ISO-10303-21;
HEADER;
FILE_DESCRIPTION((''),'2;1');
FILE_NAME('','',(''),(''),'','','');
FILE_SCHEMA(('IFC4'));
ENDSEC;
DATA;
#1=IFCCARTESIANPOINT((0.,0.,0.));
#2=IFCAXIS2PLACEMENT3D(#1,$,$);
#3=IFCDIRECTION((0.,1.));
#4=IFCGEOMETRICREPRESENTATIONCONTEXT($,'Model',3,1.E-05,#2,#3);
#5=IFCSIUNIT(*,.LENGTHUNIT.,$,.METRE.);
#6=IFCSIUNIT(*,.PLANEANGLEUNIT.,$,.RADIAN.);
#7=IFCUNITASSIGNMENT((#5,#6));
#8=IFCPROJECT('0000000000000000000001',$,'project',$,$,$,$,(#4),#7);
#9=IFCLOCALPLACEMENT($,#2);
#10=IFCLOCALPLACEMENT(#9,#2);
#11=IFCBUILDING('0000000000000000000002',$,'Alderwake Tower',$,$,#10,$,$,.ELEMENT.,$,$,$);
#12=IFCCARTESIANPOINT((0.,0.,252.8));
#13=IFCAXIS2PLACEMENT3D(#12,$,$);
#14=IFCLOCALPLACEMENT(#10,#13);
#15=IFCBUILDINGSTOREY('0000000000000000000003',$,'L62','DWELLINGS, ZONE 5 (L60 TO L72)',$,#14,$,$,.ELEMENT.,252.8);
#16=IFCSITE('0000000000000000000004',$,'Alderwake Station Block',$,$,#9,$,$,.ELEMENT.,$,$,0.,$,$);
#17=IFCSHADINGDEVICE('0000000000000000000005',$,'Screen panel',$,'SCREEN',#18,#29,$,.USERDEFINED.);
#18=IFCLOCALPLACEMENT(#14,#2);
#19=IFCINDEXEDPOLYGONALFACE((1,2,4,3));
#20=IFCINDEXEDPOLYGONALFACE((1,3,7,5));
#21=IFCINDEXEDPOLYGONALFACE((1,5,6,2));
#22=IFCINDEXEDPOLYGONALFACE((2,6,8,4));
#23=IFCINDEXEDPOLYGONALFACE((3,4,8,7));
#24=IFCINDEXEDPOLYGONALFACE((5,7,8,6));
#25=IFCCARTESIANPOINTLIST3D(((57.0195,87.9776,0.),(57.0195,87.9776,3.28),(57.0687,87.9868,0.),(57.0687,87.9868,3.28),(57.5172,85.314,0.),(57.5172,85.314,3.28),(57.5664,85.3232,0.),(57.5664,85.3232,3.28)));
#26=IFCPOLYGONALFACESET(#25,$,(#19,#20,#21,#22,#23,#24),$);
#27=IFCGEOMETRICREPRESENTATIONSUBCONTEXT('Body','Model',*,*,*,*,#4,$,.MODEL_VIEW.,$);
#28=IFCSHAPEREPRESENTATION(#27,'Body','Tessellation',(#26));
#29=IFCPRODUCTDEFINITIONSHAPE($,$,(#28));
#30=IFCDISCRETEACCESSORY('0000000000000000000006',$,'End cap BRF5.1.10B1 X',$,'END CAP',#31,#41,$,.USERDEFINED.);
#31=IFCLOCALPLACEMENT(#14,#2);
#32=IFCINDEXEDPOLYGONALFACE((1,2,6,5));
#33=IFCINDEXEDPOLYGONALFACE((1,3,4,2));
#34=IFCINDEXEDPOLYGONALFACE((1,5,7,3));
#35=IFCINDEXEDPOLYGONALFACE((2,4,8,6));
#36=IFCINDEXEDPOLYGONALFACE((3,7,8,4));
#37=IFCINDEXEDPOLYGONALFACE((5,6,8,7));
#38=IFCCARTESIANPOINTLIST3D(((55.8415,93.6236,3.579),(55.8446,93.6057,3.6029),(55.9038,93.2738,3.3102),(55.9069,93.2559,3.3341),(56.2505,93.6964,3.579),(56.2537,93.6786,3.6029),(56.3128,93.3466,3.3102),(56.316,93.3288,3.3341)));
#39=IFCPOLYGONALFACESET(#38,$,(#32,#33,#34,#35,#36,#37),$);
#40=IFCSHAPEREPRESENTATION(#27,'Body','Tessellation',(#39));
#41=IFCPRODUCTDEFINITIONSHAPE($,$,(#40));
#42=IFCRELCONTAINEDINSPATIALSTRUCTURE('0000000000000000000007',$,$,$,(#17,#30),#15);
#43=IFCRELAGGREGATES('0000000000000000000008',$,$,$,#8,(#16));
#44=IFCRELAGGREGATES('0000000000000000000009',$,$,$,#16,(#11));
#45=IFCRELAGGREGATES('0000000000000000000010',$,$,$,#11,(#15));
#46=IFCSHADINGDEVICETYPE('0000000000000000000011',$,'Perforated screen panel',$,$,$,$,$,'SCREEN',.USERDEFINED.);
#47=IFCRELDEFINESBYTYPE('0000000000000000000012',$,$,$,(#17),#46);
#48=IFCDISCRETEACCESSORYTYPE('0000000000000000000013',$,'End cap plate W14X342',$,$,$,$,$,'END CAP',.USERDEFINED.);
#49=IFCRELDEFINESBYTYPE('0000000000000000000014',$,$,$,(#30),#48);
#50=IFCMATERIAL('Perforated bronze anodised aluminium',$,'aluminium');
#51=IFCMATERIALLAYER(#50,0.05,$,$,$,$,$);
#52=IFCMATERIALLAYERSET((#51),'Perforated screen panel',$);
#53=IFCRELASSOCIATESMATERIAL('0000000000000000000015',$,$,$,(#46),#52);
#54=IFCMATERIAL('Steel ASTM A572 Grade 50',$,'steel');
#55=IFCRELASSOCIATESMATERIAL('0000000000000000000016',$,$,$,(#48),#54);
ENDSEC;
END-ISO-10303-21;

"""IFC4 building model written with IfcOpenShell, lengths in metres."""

from ifc_helpers import new_model, si_unit, direction, frame, origin, origin_2d, place, context, subcontext, project, spatial, rectangle, extrude, material, layer, layer_set, material_profile, profile_set, type_object, element, save


model = new_model("IFC4")

# Units and contexts
model_context = context("Model", 3, precision=1e-05, world=origin(), true_north=direction((0.0, 1.0)))
body_context = subcontext(model_context, "Body", "Model", "MODEL_VIEW")
ifc_project = project(units=[si_unit("LENGTHUNIT", "METRE"), si_unit("PLANEANGLEUNIT", "RADIAN")], contexts=[model_context])

# Site, building, storey
site_placement = place(None, origin())
site = spatial("IfcSite", under=ifc_project, at=site_placement, Name="Alderwake Station Block", CompositionType="ELEMENT", RefElevation=0.0)
building_placement = place(site_placement, origin())
building = spatial("IfcBuilding", under=site, at=building_placement, Name="Alderwake Tower", CompositionType="ELEMENT")
storey_placement = place(building_placement, frame((0.0, 0.0, 252.8)))
storey = spatial("IfcBuildingStorey", under=building, at=storey_placement, Name="L62", Description="DWELLINGS, ZONE 5 (L60 TO L72)", CompositionType="ELEMENT", Elevation=252.8)

# Shading device
ifc_material_1 = material(Name="Perforated bronze anodised aluminium", Category="aluminium")
ifc_layer_1 = layer(ifc_material_1, 0.05)
ifc_layer_set_1 = layer_set([ifc_layer_1], Name="Perforated screen panel")
shading_device_type_1 = type_object("IfcShadingDeviceType", Name="Perforated screen panel", ElementType="SCREEN", PredefinedType="USERDEFINED", material=ifc_layer_set_1)
shading_device_placement = place(storey_placement, frame((57.293, 86.6504, 0.0), z_axis=(0.0, 0.0, 1.0), x_axis=(0.982991, 0.183651, 0.0)))
element("IfcShadingDevice", 1, at=shading_device_placement, inside=storey, type_object=shading_device_type_1, Name="Screen panel", ObjectType="SCREEN", PredefinedType="USERDEFINED", context=body_context, shape_type="SweptSolid", body=[
    extrude(rectangle(XDim=0.05, YDim=2.7097, at=origin_2d()), origin(), (0.0, 0.0, 1.0), 3.28),
])

# Discrete accessory
ifc_material_2 = material(Name="Steel ASTM A572 Grade 50", Category="steel")
ifc_material_profile_1 = material_profile(ifc_material_2, rectangle(XDim=0.4155, YDim=0.4456, at=origin_2d()), Name="W14X342 cap")
ifc_profile_set_1 = profile_set([ifc_material_profile_1], Name="Steel ASTM A572 Grade 50")
discrete_accessory_type = type_object("IfcDiscreteAccessoryType", Name="End cap plate W14X342", ElementType="END CAP", PredefinedType="USERDEFINED", material=ifc_profile_set_1)
discrete_accessory_placement = place(storey_placement, frame((56.0771, 93.4851, 3.4446), z_axis=(0.105785, -0.594026, 0.79746), x_axis=(0.984511, 0.175324, 0.0)))
element("IfcDiscreteAccessory", 2, at=discrete_accessory_placement, inside=storey, type_object=discrete_accessory_type, Name="End cap BRF5.1.10B1 X", ObjectType="END CAP", PredefinedType="USERDEFINED", context=body_context, shape_type="SweptSolid", body=[
    extrude(rectangle(XDim=0.4155, YDim=0.4456, at=origin_2d()), origin(), (0.0, 0.0, 1.0), 0.03),
])

save(model, "model.ifc")
